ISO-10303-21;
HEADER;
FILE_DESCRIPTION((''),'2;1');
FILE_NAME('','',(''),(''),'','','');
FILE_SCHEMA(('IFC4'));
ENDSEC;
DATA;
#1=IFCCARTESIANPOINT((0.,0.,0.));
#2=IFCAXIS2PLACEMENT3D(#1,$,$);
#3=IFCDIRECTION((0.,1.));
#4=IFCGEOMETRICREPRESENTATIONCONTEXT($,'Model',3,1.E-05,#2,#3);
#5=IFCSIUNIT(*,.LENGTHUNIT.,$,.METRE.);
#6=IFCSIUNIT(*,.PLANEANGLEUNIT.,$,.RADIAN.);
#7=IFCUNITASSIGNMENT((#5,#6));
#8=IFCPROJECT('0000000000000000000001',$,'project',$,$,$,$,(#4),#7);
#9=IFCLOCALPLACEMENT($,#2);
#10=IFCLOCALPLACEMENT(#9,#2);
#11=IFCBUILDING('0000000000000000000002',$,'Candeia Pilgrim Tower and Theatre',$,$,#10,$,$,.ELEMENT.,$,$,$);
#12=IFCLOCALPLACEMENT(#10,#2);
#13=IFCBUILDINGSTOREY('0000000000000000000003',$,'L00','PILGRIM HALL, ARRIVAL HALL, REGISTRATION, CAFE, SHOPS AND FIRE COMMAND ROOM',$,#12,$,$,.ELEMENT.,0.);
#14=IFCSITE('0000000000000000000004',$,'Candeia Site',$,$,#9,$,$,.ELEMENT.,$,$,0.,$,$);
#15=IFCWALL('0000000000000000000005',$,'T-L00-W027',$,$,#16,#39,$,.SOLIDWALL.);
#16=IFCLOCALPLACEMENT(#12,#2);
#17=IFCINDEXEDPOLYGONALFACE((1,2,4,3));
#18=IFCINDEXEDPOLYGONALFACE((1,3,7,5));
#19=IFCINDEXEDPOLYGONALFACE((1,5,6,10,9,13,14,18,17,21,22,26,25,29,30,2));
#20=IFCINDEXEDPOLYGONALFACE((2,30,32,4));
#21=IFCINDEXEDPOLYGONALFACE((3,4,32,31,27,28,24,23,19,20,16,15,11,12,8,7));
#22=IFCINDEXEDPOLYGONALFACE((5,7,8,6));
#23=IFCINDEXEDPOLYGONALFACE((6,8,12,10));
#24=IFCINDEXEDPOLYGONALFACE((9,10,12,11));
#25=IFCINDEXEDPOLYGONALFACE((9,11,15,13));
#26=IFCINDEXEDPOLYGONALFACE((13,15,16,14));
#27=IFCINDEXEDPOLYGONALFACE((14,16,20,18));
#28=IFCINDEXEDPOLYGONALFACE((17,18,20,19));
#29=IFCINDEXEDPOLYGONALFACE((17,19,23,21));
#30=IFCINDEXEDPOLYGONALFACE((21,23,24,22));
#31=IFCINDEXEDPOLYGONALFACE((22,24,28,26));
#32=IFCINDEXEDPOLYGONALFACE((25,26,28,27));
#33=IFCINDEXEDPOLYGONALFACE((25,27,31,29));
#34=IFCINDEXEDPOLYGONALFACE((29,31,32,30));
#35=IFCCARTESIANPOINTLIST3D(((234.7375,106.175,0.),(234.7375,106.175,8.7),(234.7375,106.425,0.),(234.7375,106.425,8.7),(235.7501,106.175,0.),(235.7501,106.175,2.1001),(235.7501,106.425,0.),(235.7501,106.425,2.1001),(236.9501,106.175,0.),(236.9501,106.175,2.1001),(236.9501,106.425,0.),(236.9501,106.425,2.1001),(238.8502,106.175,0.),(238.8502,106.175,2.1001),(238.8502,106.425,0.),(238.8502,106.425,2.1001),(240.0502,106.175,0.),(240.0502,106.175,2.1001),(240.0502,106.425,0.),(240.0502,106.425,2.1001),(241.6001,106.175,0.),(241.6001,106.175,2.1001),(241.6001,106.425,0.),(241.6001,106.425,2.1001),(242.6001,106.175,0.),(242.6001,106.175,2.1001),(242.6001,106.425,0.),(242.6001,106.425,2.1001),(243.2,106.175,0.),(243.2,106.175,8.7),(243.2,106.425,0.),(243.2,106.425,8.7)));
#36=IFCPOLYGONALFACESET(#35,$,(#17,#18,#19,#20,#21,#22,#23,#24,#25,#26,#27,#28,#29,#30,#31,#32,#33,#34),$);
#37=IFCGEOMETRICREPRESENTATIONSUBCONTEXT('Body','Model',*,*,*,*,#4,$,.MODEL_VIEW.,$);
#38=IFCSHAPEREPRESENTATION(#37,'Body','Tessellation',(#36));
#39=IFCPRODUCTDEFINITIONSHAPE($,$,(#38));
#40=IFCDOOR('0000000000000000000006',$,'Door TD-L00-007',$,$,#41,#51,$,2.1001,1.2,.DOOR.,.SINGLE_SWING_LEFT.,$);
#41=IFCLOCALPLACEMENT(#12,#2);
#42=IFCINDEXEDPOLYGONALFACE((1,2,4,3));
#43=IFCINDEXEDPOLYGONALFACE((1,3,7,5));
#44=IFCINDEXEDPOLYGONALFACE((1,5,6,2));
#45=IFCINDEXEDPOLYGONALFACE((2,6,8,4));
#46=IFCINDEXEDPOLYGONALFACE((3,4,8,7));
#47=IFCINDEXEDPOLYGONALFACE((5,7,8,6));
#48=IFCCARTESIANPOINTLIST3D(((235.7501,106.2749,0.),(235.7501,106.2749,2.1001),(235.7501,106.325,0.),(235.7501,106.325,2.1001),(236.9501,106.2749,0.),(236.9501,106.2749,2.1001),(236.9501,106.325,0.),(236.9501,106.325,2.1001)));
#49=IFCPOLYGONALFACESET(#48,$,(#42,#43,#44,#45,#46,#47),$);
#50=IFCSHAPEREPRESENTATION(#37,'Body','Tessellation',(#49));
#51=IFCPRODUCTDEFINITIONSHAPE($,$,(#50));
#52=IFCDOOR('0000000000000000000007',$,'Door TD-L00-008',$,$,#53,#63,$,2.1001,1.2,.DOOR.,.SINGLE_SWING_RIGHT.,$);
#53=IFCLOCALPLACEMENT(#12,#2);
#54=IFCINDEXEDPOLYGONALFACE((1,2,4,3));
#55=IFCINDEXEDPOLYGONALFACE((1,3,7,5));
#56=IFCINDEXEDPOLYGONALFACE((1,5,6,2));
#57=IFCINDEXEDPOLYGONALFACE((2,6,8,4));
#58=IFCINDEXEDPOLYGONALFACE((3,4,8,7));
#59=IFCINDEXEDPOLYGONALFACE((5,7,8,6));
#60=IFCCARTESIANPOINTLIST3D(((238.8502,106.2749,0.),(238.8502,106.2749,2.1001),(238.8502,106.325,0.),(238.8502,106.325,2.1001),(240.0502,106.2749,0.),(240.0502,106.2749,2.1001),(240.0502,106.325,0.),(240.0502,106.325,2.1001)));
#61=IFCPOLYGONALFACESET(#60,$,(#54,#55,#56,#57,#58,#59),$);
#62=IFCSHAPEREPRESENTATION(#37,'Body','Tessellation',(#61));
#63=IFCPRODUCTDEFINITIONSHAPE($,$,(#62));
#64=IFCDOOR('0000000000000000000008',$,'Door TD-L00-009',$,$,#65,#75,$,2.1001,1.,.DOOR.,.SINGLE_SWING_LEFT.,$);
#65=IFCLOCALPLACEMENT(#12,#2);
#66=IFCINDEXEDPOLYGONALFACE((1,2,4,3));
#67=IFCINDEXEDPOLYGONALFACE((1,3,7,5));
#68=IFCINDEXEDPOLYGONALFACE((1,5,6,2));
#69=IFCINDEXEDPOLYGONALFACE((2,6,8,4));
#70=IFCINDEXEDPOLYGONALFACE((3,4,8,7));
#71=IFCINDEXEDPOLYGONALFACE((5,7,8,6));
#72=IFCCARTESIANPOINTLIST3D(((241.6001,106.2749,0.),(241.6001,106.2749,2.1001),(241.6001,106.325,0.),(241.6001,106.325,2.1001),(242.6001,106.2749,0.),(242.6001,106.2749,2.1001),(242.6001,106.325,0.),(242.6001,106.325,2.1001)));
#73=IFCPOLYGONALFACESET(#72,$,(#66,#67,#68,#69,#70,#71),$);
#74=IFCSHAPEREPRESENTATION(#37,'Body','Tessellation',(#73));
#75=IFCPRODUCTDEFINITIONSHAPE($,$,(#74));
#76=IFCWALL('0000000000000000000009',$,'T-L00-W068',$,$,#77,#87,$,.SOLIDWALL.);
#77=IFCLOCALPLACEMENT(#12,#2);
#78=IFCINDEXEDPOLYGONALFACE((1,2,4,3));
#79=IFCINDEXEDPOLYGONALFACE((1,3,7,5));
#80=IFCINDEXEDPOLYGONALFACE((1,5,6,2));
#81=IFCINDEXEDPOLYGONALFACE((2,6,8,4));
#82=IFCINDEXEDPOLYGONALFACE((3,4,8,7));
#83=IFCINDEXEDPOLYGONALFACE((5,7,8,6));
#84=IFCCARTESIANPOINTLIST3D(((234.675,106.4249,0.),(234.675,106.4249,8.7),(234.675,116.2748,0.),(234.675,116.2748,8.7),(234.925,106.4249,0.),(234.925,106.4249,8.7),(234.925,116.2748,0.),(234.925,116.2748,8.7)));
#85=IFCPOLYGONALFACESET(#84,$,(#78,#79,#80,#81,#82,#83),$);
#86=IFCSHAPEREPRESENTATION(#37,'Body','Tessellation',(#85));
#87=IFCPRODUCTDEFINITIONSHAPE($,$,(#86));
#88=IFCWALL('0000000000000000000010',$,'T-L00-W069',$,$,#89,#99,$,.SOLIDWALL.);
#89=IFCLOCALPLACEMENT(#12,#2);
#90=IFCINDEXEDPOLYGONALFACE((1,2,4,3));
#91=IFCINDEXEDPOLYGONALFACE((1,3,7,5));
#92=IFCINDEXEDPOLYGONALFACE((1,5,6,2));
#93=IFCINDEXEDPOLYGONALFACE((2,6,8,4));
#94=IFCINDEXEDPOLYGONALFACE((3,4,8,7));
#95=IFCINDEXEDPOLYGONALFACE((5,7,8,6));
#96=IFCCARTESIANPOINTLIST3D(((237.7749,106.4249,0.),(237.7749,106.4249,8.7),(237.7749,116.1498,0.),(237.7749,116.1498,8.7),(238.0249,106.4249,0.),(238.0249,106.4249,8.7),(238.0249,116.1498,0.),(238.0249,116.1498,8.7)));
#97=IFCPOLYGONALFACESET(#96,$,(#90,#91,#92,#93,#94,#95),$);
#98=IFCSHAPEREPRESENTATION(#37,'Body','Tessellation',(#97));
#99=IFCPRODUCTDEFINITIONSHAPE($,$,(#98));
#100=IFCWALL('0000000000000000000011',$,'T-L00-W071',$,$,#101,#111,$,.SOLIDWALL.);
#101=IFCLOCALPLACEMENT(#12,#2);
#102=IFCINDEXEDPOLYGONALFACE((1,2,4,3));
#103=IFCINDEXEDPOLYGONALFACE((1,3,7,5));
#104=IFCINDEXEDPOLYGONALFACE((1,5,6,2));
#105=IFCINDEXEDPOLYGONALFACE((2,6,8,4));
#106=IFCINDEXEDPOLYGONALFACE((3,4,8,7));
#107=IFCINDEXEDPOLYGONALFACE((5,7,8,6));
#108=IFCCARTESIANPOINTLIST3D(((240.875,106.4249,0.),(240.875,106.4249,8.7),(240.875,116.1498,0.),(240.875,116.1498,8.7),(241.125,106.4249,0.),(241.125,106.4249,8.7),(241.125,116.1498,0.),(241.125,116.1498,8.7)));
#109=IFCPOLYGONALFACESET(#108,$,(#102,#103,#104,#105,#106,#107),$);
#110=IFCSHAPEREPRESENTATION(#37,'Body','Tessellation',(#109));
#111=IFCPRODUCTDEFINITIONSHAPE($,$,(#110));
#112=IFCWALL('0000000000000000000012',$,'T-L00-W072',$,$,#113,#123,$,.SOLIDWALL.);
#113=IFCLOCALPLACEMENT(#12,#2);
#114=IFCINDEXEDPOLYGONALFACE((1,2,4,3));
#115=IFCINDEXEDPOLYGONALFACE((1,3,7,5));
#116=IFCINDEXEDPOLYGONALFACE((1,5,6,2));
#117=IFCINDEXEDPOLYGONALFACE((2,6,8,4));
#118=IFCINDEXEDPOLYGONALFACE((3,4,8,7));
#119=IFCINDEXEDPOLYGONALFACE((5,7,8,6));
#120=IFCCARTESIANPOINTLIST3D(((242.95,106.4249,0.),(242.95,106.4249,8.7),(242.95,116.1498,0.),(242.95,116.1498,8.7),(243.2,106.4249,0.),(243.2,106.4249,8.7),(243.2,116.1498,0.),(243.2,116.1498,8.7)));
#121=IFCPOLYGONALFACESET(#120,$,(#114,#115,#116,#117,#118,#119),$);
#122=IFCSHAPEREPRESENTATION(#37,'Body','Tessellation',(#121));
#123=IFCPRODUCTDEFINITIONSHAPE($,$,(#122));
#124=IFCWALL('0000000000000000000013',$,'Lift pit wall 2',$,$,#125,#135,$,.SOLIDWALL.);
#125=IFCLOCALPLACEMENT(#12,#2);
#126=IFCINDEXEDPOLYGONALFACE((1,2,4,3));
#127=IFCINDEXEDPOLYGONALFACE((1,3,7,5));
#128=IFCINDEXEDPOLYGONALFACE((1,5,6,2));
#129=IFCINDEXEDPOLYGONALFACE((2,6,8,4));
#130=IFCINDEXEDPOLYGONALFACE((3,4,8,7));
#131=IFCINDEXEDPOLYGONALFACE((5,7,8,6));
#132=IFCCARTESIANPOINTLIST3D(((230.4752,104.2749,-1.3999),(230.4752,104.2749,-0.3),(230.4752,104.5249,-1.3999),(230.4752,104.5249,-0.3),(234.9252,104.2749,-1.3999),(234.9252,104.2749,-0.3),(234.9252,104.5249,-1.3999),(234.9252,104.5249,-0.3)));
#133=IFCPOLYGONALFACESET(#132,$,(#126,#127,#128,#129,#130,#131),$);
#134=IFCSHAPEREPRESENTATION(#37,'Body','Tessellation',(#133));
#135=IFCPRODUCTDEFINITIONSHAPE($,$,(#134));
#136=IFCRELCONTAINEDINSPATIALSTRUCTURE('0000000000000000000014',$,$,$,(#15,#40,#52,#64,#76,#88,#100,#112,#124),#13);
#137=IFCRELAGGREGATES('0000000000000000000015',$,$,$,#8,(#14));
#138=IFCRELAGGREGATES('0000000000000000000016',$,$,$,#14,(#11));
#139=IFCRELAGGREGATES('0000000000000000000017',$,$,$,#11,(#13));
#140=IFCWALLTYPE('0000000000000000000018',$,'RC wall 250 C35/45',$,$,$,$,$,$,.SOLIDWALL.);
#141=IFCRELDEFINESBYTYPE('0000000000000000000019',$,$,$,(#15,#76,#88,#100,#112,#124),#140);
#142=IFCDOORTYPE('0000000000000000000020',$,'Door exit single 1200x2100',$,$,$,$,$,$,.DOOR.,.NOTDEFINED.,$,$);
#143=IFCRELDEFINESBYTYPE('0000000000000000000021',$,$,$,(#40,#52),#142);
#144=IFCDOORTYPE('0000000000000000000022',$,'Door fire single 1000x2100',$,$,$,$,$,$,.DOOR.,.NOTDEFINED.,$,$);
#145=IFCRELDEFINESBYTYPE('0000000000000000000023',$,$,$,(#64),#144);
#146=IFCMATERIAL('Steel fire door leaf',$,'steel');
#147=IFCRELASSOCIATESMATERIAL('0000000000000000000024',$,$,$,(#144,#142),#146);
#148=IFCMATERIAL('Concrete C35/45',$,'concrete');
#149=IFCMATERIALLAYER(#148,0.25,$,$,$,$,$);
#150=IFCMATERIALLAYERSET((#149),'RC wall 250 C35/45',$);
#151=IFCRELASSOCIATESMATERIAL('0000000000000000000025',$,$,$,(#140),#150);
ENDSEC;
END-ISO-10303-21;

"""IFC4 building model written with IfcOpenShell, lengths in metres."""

from ifc_helpers import new_model, si_unit, direction, frame, frame_2d, origin, place, context, subcontext, project, spatial, rectangle, extrude, material, layer, layer_set, type_object, element, fill, save


model = new_model("IFC4")

# Units and contexts
model_context = context("Model", 3, precision=1e-05, world=origin(), true_north=direction((0.0, 1.0)))
body_context = subcontext(model_context, "Body", "Model", "MODEL_VIEW")
ifc_project = project(units=[si_unit("LENGTHUNIT", "METRE"), si_unit("PLANEANGLEUNIT", "RADIAN")], contexts=[model_context])

# Site, building, storey
site_placement = place(None, origin())
site = spatial("IfcSite", under=ifc_project, at=site_placement, Name="Candeia Site", CompositionType="ELEMENT", RefElevation=0.0)
building_placement = place(site_placement, origin())
building = spatial("IfcBuilding", under=site, at=building_placement, Name="Candeia Pilgrim Tower and Theatre", CompositionType="ELEMENT")
storey_placement = place(building_placement, origin())
storey = spatial("IfcBuildingStorey", under=building, at=storey_placement, Name="L00", Description="PILGRIM HALL, ARRIVAL HALL, REGISTRATION, CAFE, SHOPS AND FIRE COMMAND ROOM", CompositionType="ELEMENT", Elevation=0.0)

# Shared definitions
ifc_material_1 = material(Name="Concrete C35/45", Category="concrete")

# Shared definitions
ifc_material_2 = material(Name="Steel fire door leaf", Category="steel")
door_type_1 = type_object("IfcDoorType", Name="Door fire single 1000x2100", OperationType="NOTDEFINED", PredefinedType="DOOR", material=ifc_material_2)
door_type_2 = type_object("IfcDoorType", Name="Door exit single 1200x2100", OperationType="NOTDEFINED", PredefinedType="DOOR", material=ifc_material_2)

# Shared definitions
ifc_layer_1 = layer(ifc_material_1, 0.25)
ifc_layer_set_1 = layer_set([ifc_layer_1], Name="RC wall 250 C35/45")
wall_type_1 = type_object("IfcWallType", Name="RC wall 250 C35/45", PredefinedType="SOLIDWALL", material=ifc_layer_set_1)

# Wall, openings, doors
wall_1_placement = place(storey_placement, frame((234.7375, 106.3, 0.0), z_axis=(0.0, 0.0, 1.0), x_axis=(1.0, 0.0, 0.0)))
wall_1 = element("IfcWall", 1, at=wall_1_placement, inside=storey, type_object=wall_type_1, Name="T-L00-W027", PredefinedType="SOLIDWALL", context=body_context, shape_type="SweptSolid", body=[
    extrude(rectangle(XDim=8.4624, YDim=0.25, at=frame_2d((4.2312, 0.0))), origin(), (0.0, 0.0, 1.0), 8.7),
])
opening_1_placement = place(wall_1_placement, frame((1.0125, 0.0, 0.0)))
opening_1 = element("IfcOpeningElement", 2, at=opening_1_placement, cuts=wall_1, PredefinedType="OPENING", context=body_context, shape_type="SweptSolid", body=[
    extrude(rectangle(XDim=1.2, YDim=2.1001, at=frame_2d((0.6001, 1.05))), frame((0.0, 0.135, 0.0), z_axis=(0.0, -1.0, 0.0), x_axis=(1.0, 0.0, 0.0)), (0.0, 0.0, 1.0), 0.27),
])
opening_2_placement = place(wall_1_placement, frame((4.1125, 0.0, 0.0)))
opening_2 = element("IfcOpeningElement", 3, at=opening_2_placement, cuts=wall_1, PredefinedType="OPENING", context=body_context, shape_type="SweptSolid", body=[
    extrude(rectangle(XDim=1.2, YDim=2.1001, at=frame_2d((0.6001, 1.05))), frame((0.0, 0.135, 0.0), z_axis=(0.0, -1.0, 0.0), x_axis=(1.0, 0.0, 0.0)), (0.0, 0.0, 1.0), 0.27),
])
opening_3_placement = place(wall_1_placement, frame((6.8625, 0.0, 0.0)))
opening_3 = element("IfcOpeningElement", 4, at=opening_3_placement, cuts=wall_1, PredefinedType="OPENING", context=body_context, shape_type="SweptSolid", body=[
    extrude(rectangle(XDim=1.0, YDim=2.1001, at=frame_2d((0.5, 1.05))), frame((0.0, 0.135, 0.0), z_axis=(0.0, -1.0, 0.0), x_axis=(1.0, 0.0, 0.0)), (0.0, 0.0, 1.0), 0.27),
])
door_1_placement = place(opening_1_placement, origin())
door_1 = element("IfcDoor", 5, at=door_1_placement, inside=storey, type_object=door_type_2, Name="Door TD-L00-007", OperationType="SINGLE_SWING_LEFT", OverallHeight=2.1001, OverallWidth=1.2, PredefinedType="DOOR", context=body_context, shape_type="SweptSolid", body=[
    extrude(rectangle(XDim=1.2, YDim=2.1001, at=frame_2d((0.6001, 1.05))), frame((0.0, 0.0249, 0.0), z_axis=(0.0, -1.0, 0.0), x_axis=(1.0, 0.0, 0.0)), (0.0, 0.0, 1.0), 0.05),
])
fill(opening_1, door_1)
door_2_placement = place(opening_2_placement, origin())
door_2 = element("IfcDoor", 6, at=door_2_placement, inside=storey, type_object=door_type_2, Name="Door TD-L00-008", OperationType="SINGLE_SWING_RIGHT", OverallHeight=2.1001, OverallWidth=1.2, PredefinedType="DOOR", context=body_context, shape_type="SweptSolid", body=[
    extrude(rectangle(XDim=1.2, YDim=2.1001, at=frame_2d((0.6001, 1.05))), frame((0.0, 0.0249, 0.0), z_axis=(0.0, -1.0, 0.0), x_axis=(1.0, 0.0, 0.0)), (0.0, 0.0, 1.0), 0.05),
])
fill(opening_2, door_2)
door_3_placement = place(opening_3_placement, origin())
door_3 = element("IfcDoor", 7, at=door_3_placement, inside=storey, type_object=door_type_1, Name="Door TD-L00-009", OperationType="SINGLE_SWING_LEFT", OverallHeight=2.1001, OverallWidth=1.0, PredefinedType="DOOR", context=body_context, shape_type="SweptSolid", body=[
    extrude(rectangle(XDim=1.0, YDim=2.1001, at=frame_2d((0.5, 1.05))), frame((0.0, 0.0249, 0.0), z_axis=(0.0, -1.0, 0.0), x_axis=(1.0, 0.0, 0.0)), (0.0, 0.0, 1.0), 0.05),
])
fill(opening_3, door_3)

# Walls
wall_2_placement = place(storey_placement, frame((234.8, 106.425, 0.0), z_axis=(0.0, 0.0, 1.0), x_axis=(0.0, 1.0, 0.0)))
element("IfcWall", 8, at=wall_2_placement, inside=storey, type_object=wall_type_1, Name="T-L00-W068", PredefinedType="SOLIDWALL", context=body_context, shape_type="SweptSolid", body=[
    extrude(rectangle(XDim=9.8499, YDim=0.25, at=frame_2d((4.9248, 0.0))), origin(), (0.0, 0.0, 1.0), 8.7),
])
for number, where, z_axis, x_axis, name in (
    (9, (237.8999, 106.425, 0.0), (0.0, 0.0, 1.0), (0.0, 1.0, 0.0), "T-L00-W069"),
    (10, (241.0, 106.425, 0.0), (0.0, 0.0, 1.0), (0.0, 1.0, 0.0), "T-L00-W071"),
    (11, (243.075, 106.425, 0.0), (0.0, 0.0, 1.0), (0.0, 1.0, 0.0), "T-L00-W072"),
):
    element("IfcWall", number, at=place(storey_placement, frame(where, z_axis=z_axis, x_axis=x_axis)), inside=storey, type_object=wall_type_1, Name=name, PredefinedType="SOLIDWALL", context=body_context, shape_type="SweptSolid", body=[
        extrude(rectangle(XDim=9.7249, YDim=0.25, at=frame_2d((4.8623, 0.0))), origin(), (0.0, 0.0, 1.0), 8.7),
    ])
wall_3_placement = place(storey_placement, frame((230.4751, 104.3999, -1.3999), z_axis=(0.0, 0.0, 1.0), x_axis=(1.0, 0.0, 0.0)))
element("IfcWall", 12, at=wall_3_placement, inside=storey, type_object=wall_type_1, Name="Lift pit wall 2", PredefinedType="SOLIDWALL", context=body_context, shape_type="SweptSolid", body=[
    extrude(rectangle(XDim=4.45, YDim=0.25, at=frame_2d((2.2251, 0.0))), origin(), (0.0, 0.0, 1.0), 1.0999),
])

save(model, "model.ifc")
